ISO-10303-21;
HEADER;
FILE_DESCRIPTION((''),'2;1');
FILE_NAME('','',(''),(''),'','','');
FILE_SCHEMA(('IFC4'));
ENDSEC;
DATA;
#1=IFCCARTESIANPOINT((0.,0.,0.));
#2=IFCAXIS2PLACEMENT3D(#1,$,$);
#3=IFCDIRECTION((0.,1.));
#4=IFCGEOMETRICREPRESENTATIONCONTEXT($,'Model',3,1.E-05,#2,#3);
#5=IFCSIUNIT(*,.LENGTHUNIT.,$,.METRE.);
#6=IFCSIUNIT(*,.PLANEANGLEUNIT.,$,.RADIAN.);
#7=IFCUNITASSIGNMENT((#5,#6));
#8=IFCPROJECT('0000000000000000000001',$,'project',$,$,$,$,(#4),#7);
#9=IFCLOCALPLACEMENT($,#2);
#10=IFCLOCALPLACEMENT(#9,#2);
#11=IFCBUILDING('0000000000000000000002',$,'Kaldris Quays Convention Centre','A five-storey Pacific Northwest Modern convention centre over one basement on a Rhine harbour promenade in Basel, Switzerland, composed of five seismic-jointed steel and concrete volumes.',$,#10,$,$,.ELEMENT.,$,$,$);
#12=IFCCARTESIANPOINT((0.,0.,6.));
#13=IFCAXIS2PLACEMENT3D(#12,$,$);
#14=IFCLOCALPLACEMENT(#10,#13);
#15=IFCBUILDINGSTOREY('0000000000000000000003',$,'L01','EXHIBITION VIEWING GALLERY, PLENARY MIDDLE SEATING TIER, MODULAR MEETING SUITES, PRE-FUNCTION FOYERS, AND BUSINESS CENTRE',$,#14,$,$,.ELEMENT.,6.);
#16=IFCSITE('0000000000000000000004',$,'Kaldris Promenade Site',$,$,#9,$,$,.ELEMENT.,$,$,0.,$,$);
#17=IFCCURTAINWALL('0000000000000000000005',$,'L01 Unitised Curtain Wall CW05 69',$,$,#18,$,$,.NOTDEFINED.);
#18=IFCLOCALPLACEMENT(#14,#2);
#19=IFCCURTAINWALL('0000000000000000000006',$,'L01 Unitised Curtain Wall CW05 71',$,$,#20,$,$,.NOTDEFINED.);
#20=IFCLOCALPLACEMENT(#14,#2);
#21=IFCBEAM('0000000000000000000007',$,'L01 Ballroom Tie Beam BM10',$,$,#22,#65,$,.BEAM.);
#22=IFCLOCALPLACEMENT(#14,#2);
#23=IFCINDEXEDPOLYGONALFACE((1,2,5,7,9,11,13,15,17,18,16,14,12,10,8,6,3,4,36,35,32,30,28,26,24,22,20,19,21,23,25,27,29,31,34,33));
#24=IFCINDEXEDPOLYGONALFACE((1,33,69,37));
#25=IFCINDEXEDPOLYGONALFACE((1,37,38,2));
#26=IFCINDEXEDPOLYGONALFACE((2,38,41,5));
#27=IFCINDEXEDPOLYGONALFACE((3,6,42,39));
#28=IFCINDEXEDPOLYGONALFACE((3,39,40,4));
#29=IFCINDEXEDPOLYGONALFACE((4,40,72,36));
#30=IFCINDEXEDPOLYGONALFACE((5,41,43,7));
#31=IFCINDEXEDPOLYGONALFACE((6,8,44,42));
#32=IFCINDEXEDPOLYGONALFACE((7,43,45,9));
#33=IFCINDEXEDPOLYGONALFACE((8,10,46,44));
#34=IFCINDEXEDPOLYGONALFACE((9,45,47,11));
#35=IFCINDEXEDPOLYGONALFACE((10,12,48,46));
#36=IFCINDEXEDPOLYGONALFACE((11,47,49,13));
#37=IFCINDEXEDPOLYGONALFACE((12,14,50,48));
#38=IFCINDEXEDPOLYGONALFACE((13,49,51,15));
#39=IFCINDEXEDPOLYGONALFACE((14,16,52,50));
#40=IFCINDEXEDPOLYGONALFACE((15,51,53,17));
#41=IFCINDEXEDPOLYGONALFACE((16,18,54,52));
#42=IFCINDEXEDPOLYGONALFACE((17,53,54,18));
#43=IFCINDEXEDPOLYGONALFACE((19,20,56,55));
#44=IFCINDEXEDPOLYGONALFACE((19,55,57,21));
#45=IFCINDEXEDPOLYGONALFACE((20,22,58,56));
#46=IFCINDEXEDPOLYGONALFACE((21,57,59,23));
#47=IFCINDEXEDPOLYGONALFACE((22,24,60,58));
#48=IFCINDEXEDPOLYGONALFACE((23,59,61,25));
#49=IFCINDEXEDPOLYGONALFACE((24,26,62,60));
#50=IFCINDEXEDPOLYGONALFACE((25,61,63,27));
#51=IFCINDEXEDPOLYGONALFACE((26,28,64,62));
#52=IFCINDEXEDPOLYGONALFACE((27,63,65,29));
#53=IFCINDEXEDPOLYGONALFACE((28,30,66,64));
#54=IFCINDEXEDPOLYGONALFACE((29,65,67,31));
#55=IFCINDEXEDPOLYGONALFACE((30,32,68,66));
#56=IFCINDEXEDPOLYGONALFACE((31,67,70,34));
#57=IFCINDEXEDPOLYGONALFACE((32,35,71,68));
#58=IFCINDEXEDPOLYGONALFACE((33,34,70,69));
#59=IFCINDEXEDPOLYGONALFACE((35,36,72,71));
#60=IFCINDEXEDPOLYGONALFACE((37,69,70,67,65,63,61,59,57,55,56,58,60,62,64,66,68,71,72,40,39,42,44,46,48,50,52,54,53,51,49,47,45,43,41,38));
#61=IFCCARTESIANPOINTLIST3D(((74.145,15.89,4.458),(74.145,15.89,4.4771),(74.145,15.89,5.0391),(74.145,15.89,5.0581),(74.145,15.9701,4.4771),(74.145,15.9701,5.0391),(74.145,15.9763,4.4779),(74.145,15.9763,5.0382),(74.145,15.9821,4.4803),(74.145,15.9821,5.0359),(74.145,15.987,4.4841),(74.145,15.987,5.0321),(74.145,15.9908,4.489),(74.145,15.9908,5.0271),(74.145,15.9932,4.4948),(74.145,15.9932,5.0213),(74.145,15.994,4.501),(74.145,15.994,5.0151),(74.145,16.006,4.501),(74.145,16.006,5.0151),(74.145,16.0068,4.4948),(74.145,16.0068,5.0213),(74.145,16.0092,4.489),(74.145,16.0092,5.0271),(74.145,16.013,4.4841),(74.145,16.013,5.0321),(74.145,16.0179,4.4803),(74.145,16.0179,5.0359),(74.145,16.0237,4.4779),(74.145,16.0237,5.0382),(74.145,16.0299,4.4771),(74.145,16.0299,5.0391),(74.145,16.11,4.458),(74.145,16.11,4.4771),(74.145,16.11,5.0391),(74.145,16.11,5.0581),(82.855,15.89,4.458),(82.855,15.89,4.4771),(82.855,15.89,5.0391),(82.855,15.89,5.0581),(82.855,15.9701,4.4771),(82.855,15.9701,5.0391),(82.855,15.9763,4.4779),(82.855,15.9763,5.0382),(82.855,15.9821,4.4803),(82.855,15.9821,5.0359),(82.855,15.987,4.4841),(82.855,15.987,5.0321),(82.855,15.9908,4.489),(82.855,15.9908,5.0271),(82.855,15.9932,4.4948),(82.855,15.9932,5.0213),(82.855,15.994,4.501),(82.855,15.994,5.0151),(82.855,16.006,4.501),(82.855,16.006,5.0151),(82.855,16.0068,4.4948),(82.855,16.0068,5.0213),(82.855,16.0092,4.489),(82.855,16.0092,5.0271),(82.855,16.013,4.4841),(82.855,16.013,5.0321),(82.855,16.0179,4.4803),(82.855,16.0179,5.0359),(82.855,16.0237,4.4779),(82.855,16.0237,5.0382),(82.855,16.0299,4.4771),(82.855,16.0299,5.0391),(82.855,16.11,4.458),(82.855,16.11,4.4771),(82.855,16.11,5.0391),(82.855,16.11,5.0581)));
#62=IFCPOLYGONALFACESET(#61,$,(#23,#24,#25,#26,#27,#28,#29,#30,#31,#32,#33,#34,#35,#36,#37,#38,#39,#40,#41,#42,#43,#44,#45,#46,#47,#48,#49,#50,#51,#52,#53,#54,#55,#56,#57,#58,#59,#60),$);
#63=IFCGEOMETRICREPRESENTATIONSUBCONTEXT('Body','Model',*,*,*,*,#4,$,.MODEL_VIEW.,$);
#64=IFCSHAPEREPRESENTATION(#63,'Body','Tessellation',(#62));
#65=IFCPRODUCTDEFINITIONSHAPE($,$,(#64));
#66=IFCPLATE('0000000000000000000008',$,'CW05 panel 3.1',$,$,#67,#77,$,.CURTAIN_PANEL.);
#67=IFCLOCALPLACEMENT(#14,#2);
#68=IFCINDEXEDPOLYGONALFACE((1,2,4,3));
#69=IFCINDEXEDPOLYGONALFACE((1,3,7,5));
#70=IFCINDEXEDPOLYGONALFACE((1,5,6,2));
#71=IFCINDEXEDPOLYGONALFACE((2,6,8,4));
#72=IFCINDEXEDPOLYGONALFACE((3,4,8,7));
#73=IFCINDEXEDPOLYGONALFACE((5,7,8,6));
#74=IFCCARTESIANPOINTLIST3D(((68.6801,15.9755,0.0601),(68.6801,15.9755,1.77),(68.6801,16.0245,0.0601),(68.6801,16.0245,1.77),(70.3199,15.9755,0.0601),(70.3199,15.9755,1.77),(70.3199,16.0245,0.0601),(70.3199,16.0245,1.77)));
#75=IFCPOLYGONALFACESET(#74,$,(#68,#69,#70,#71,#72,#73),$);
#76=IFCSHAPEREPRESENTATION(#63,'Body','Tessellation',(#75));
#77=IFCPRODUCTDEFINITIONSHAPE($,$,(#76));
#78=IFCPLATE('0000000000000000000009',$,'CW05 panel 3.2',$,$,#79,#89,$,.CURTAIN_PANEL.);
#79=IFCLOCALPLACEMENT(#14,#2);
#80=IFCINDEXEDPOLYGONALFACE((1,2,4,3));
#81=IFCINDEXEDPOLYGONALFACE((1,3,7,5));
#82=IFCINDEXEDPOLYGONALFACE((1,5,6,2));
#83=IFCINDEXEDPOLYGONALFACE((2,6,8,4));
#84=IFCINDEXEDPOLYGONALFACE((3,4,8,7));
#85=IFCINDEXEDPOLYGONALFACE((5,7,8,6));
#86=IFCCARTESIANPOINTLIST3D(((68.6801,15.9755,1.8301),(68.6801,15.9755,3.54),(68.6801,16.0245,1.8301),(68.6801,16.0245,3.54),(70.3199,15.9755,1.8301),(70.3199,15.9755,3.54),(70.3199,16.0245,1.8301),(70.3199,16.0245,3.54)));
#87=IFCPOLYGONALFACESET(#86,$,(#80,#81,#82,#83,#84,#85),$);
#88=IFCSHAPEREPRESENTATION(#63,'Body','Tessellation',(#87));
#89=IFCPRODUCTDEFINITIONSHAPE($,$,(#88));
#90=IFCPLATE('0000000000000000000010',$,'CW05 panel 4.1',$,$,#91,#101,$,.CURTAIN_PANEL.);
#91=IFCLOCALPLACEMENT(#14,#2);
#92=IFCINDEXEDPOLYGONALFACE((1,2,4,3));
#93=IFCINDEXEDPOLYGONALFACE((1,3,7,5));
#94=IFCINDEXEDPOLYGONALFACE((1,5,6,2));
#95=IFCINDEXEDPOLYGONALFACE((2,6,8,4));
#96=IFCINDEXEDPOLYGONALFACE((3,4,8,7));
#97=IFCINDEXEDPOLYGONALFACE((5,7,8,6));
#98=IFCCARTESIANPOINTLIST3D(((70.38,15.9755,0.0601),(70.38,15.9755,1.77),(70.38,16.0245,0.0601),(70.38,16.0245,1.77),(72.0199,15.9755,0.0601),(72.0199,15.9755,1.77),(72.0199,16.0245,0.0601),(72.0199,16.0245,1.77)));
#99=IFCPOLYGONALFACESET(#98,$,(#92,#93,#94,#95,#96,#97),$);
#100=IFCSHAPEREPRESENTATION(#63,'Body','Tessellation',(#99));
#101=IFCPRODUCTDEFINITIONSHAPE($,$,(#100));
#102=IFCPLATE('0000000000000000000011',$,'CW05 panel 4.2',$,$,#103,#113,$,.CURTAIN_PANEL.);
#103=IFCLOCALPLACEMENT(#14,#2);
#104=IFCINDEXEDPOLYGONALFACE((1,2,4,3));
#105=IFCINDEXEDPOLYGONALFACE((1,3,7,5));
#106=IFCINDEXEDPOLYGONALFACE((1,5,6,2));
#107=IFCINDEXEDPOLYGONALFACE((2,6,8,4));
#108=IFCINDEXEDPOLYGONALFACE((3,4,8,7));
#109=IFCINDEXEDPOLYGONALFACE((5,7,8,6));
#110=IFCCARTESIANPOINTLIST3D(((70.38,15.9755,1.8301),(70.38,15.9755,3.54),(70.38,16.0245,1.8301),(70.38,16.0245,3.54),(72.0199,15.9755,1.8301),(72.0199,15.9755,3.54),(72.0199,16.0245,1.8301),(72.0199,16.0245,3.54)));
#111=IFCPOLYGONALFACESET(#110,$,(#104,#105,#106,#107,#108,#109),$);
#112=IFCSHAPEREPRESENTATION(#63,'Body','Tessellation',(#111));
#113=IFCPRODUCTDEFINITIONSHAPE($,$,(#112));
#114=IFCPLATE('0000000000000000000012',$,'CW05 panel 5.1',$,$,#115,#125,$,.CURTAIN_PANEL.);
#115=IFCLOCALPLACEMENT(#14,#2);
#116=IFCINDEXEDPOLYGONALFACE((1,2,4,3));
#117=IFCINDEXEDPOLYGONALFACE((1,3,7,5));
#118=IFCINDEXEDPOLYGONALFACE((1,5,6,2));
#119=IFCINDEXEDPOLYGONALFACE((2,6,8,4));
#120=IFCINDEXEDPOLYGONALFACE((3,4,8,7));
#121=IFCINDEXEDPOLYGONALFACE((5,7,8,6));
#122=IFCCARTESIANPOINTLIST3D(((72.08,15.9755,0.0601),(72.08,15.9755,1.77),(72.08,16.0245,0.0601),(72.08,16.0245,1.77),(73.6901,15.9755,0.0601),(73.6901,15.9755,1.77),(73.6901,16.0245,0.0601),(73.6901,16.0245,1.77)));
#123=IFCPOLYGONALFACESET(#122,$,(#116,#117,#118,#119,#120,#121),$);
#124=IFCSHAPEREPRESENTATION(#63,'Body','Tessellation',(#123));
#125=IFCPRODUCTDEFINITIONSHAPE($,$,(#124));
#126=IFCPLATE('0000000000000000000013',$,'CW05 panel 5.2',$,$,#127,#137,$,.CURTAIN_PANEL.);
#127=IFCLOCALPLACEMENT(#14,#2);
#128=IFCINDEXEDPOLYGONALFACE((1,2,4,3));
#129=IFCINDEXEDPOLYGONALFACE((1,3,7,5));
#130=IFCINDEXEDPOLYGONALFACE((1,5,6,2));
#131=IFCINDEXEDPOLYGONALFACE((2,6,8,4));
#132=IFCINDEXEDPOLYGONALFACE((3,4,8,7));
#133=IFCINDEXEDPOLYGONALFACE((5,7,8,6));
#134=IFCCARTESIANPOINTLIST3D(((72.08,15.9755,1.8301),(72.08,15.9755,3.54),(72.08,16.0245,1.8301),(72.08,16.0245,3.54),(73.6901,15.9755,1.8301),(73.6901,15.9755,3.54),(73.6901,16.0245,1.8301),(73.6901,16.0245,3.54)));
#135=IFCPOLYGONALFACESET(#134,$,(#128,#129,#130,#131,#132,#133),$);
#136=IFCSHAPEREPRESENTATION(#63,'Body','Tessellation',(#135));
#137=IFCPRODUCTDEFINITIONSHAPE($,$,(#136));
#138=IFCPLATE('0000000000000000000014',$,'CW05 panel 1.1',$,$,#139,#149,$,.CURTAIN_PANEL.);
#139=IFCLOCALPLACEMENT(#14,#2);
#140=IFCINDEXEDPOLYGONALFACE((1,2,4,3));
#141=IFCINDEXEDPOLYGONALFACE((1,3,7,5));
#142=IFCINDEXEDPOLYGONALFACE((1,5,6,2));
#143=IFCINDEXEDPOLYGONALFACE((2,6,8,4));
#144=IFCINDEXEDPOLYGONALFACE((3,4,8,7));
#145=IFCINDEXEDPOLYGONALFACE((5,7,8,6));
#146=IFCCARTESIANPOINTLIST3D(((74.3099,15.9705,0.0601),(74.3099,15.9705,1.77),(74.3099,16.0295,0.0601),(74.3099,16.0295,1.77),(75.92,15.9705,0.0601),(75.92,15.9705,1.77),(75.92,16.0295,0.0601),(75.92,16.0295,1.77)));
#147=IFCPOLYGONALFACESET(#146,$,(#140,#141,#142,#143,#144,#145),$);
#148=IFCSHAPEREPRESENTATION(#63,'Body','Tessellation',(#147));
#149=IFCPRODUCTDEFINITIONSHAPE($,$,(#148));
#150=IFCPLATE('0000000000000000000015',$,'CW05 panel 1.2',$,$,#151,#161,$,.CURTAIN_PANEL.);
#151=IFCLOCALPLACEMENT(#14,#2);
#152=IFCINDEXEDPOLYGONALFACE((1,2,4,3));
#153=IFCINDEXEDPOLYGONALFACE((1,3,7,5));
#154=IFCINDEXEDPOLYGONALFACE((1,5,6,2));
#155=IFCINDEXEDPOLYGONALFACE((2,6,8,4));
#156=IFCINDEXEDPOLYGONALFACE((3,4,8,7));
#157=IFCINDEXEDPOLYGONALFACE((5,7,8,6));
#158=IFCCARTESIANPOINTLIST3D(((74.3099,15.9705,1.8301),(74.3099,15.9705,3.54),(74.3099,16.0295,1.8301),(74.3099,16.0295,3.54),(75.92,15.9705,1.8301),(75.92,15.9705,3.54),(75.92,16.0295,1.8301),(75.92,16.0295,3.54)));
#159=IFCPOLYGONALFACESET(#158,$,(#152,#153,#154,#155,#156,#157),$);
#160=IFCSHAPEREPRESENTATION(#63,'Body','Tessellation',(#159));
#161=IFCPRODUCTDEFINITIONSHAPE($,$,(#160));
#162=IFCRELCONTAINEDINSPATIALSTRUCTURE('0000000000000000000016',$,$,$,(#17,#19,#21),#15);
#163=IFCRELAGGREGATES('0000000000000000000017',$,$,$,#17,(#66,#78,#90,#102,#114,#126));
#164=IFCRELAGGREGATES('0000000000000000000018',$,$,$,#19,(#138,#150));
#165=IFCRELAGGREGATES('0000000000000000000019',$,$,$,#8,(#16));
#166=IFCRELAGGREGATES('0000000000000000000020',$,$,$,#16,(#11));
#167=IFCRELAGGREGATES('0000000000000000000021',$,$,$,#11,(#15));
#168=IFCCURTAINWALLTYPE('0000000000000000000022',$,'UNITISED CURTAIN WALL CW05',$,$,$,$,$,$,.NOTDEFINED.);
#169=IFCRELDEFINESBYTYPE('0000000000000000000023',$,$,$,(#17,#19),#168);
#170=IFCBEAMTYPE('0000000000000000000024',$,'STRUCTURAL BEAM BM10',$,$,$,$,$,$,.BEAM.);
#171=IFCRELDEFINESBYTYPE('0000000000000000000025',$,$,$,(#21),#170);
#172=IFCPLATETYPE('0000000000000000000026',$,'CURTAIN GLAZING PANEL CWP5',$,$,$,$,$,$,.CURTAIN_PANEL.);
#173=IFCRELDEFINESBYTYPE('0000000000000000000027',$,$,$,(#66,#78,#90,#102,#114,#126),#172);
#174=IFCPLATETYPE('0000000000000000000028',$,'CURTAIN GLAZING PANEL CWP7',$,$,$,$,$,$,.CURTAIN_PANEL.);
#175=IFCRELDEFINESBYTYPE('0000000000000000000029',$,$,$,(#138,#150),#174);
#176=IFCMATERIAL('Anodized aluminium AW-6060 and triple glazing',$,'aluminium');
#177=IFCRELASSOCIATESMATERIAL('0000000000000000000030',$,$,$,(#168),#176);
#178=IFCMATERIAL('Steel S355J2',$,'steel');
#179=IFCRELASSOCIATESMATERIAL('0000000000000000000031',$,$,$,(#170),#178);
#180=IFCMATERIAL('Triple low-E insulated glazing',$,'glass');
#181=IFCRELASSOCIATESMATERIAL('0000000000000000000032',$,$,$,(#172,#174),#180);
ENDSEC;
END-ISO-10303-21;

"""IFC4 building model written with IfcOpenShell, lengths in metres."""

from ifc_helpers import new_model, si_unit, direction, frame, origin, origin_2d, place, context, subcontext, project, spatial, rectangle, i_section, extrude, material, material_profile, profile_set, type_object, element, aggregate, save


model = new_model("IFC4")

# Units and contexts
model_context = context("Model", 3, precision=1e-05, world=origin(), true_north=direction((0.0, 1.0)))
body_context = subcontext(model_context, "Body", "Model", "MODEL_VIEW")
ifc_project = project(units=[si_unit("LENGTHUNIT", "METRE"), si_unit("PLANEANGLEUNIT", "RADIAN")], contexts=[model_context])

# Site, building, storey
site_placement = place(None, origin())
site = spatial("IfcSite", under=ifc_project, at=site_placement, Name="Kaldris Promenade Site", CompositionType="ELEMENT", RefElevation=0.0)
building_placement = place(site_placement, origin())
building = spatial("IfcBuilding", under=site, at=building_placement, Name="Kaldris Quays Convention Centre", Description="A five-storey Pacific Northwest Modern convention centre over one basement on a Rhine harbour promenade in Basel, Switzerland, composed of five seismic-jointed steel and concrete volumes.", CompositionType="ELEMENT")
storey_placement = place(building_placement, frame((0.0, 0.0, 6.0)))
storey = spatial("IfcBuildingStorey", under=building, at=storey_placement, Name="L01", Description="EXHIBITION VIEWING GALLERY, PLENARY MIDDLE SEATING TIER, MODULAR MEETING SUITES, PRE-FUNCTION FOYERS, AND BUSINESS CENTRE", CompositionType="ELEMENT", Elevation=6.0)

# Curtain walls
ifc_material_1 = material(Name="Anodized aluminium AW-6060 and triple glazing", Category="aluminium")
curtain_wall_type = type_object("IfcCurtainWallType", Name="UNITISED CURTAIN WALL CW05", PredefinedType="NOTDEFINED", material=ifc_material_1)
curtain_wall_1_placement = place(storey_placement, origin())
curtain_wall_1 = element("IfcCurtainWall", 1, at=curtain_wall_1_placement, inside=storey, type_object=curtain_wall_type, Name="L01 Unitised Curtain Wall CW05 69", PredefinedType="NOTDEFINED")
curtain_wall_2_placement = place(storey_placement, origin())
curtain_wall_2 = element("IfcCurtainWall", 2, at=curtain_wall_2_placement, inside=storey, type_object=curtain_wall_type, Name="L01 Unitised Curtain Wall CW05 71", PredefinedType="NOTDEFINED")

# Beam
ifc_material_2 = material(Name="Steel S355J2", Category="steel")
ifc_material_profile_1 = material_profile(ifc_material_2, i_section(OverallWidth=0.22, OverallDepth=0.6001, WebThickness=0.012, FlangeThickness=0.019, FilletRadius=0.0239, at=origin_2d()), Name="IPE 600")
ifc_profile_set_1 = profile_set([ifc_material_profile_1], Name="Steel S355J2")
beam_type_1 = type_object("IfcBeamType", Name="STRUCTURAL BEAM BM10", PredefinedType="BEAM", material=ifc_profile_set_1)
beam_1_placement = place(storey_placement, frame((74.145, 16.0, 4.7581), z_axis=(1.0, 0.0, 0.0), x_axis=(0.0, 1.0, 0.0)))
element("IfcBeam", 3, at=beam_1_placement, inside=storey, type_object=beam_type_1, Name="L01 Ballroom Tie Beam BM10", PredefinedType="BEAM", context=body_context, shape_type="SweptSolid", body=[
    extrude(i_section(OverallWidth=0.22, OverallDepth=0.6001, WebThickness=0.012, FlangeThickness=0.019, FilletRadius=0.0239, at=origin_2d()), origin(), (0.0, 0.0, 1.0), 8.71),
])

# Plates
ifc_material_3 = material(Name="Triple low-E insulated glazing", Category="glass")
plate_type_1 = type_object("IfcPlateType", Name="CURTAIN GLAZING PANEL CWP5", PredefinedType="CURTAIN_PANEL", material=ifc_material_3)
plate_1_placement = place(storey_placement, frame((69.5, 16.0, 0.0601), z_axis=(0.0, 0.0, 1.0), x_axis=(1.0, 0.0, 0.0)))
plate_1 = element("IfcPlate", 4, at=plate_1_placement, type_object=plate_type_1, Name="CW05 panel 3.1", PredefinedType="CURTAIN_PANEL", context=body_context, shape_type="SweptSolid", body=[
    extrude(rectangle(XDim=1.6399, YDim=0.0491, at=origin_2d()), origin(), (0.0, 0.0, 1.0), 1.71),
])
plate_2_placement = place(storey_placement, frame((69.5, 16.0, 1.8301), z_axis=(0.0, 0.0, 1.0), x_axis=(1.0, 0.0, 0.0)))
plate_2 = element("IfcPlate", 5, at=plate_2_placement, type_object=plate_type_1, Name="CW05 panel 3.2", PredefinedType="CURTAIN_PANEL", context=body_context, shape_type="SweptSolid", body=[
    extrude(rectangle(XDim=1.6399, YDim=0.0491, at=origin_2d()), origin(), (0.0, 0.0, 1.0), 1.71),
])
plate_3_placement = place(storey_placement, frame((71.2, 16.0, 0.0601), z_axis=(0.0, 0.0, 1.0), x_axis=(1.0, 0.0, 0.0)))
plate_3 = element("IfcPlate", 6, at=plate_3_placement, type_object=plate_type_1, Name="CW05 panel 4.1", PredefinedType="CURTAIN_PANEL", context=body_context, shape_type="SweptSolid", body=[
    extrude(rectangle(XDim=1.6399, YDim=0.0491, at=origin_2d()), origin(), (0.0, 0.0, 1.0), 1.71),
])
plate_4_placement = place(storey_placement, frame((71.2, 16.0, 1.8301), z_axis=(0.0, 0.0, 1.0), x_axis=(1.0, 0.0, 0.0)))
plate_4 = element("IfcPlate", 7, at=plate_4_placement, type_object=plate_type_1, Name="CW05 panel 4.2", PredefinedType="CURTAIN_PANEL", context=body_context, shape_type="SweptSolid", body=[
    extrude(rectangle(XDim=1.6399, YDim=0.0491, at=origin_2d()), origin(), (0.0, 0.0, 1.0), 1.71),
])
plate_5_placement = place(storey_placement, frame((72.885, 16.0, 0.0601), z_axis=(0.0, 0.0, 1.0), x_axis=(1.0, 0.0, 0.0)))
plate_5 = element("IfcPlate", 8, at=plate_5_placement, type_object=plate_type_1, Name="CW05 panel 5.1", PredefinedType="CURTAIN_PANEL", context=body_context, shape_type="SweptSolid", body=[
    extrude(rectangle(XDim=1.6101, YDim=0.0491, at=origin_2d()), origin(), (0.0, 0.0, 1.0), 1.71),
])
plate_6_placement = place(storey_placement, frame((72.885, 16.0, 1.8301), z_axis=(0.0, 0.0, 1.0), x_axis=(1.0, 0.0, 0.0)))
plate_6 = element("IfcPlate", 9, at=plate_6_placement, type_object=plate_type_1, Name="CW05 panel 5.2", PredefinedType="CURTAIN_PANEL", context=body_context, shape_type="SweptSolid", body=[
    extrude(rectangle(XDim=1.6101, YDim=0.0491, at=origin_2d()), origin(), (0.0, 0.0, 1.0), 1.71),
])
aggregate(curtain_wall_1, [plate_1, plate_2, plate_3, plate_4, plate_5, plate_6])
plate_type_2 = type_object("IfcPlateType", Name="CURTAIN GLAZING PANEL CWP7", PredefinedType="CURTAIN_PANEL", material=ifc_material_3)
plate_7_placement = place(storey_placement, frame((75.115, 16.0, 0.0601), z_axis=(0.0, 0.0, 1.0), x_axis=(1.0, 0.0, 0.0)))
plate_7 = element("IfcPlate", 10, at=plate_7_placement, type_object=plate_type_2, Name="CW05 panel 1.1", PredefinedType="CURTAIN_PANEL", context=body_context, shape_type="SweptSolid", body=[
    extrude(rectangle(XDim=1.6101, YDim=0.0591, at=origin_2d()), origin(), (0.0, 0.0, 1.0), 1.71),
])
plate_8_placement = place(storey_placement, frame((75.115, 16.0, 1.8301), z_axis=(0.0, 0.0, 1.0), x_axis=(1.0, 0.0, 0.0)))
plate_8 = element("IfcPlate", 11, at=plate_8_placement, type_object=plate_type_2, Name="CW05 panel 1.2", PredefinedType="CURTAIN_PANEL", context=body_context, shape_type="SweptSolid", body=[
    extrude(rectangle(XDim=1.6101, YDim=0.0591, at=origin_2d()), origin(), (0.0, 0.0, 1.0), 1.71),
])
aggregate(curtain_wall_2, [plate_7, plate_8])

save(model, "model.ifc")
